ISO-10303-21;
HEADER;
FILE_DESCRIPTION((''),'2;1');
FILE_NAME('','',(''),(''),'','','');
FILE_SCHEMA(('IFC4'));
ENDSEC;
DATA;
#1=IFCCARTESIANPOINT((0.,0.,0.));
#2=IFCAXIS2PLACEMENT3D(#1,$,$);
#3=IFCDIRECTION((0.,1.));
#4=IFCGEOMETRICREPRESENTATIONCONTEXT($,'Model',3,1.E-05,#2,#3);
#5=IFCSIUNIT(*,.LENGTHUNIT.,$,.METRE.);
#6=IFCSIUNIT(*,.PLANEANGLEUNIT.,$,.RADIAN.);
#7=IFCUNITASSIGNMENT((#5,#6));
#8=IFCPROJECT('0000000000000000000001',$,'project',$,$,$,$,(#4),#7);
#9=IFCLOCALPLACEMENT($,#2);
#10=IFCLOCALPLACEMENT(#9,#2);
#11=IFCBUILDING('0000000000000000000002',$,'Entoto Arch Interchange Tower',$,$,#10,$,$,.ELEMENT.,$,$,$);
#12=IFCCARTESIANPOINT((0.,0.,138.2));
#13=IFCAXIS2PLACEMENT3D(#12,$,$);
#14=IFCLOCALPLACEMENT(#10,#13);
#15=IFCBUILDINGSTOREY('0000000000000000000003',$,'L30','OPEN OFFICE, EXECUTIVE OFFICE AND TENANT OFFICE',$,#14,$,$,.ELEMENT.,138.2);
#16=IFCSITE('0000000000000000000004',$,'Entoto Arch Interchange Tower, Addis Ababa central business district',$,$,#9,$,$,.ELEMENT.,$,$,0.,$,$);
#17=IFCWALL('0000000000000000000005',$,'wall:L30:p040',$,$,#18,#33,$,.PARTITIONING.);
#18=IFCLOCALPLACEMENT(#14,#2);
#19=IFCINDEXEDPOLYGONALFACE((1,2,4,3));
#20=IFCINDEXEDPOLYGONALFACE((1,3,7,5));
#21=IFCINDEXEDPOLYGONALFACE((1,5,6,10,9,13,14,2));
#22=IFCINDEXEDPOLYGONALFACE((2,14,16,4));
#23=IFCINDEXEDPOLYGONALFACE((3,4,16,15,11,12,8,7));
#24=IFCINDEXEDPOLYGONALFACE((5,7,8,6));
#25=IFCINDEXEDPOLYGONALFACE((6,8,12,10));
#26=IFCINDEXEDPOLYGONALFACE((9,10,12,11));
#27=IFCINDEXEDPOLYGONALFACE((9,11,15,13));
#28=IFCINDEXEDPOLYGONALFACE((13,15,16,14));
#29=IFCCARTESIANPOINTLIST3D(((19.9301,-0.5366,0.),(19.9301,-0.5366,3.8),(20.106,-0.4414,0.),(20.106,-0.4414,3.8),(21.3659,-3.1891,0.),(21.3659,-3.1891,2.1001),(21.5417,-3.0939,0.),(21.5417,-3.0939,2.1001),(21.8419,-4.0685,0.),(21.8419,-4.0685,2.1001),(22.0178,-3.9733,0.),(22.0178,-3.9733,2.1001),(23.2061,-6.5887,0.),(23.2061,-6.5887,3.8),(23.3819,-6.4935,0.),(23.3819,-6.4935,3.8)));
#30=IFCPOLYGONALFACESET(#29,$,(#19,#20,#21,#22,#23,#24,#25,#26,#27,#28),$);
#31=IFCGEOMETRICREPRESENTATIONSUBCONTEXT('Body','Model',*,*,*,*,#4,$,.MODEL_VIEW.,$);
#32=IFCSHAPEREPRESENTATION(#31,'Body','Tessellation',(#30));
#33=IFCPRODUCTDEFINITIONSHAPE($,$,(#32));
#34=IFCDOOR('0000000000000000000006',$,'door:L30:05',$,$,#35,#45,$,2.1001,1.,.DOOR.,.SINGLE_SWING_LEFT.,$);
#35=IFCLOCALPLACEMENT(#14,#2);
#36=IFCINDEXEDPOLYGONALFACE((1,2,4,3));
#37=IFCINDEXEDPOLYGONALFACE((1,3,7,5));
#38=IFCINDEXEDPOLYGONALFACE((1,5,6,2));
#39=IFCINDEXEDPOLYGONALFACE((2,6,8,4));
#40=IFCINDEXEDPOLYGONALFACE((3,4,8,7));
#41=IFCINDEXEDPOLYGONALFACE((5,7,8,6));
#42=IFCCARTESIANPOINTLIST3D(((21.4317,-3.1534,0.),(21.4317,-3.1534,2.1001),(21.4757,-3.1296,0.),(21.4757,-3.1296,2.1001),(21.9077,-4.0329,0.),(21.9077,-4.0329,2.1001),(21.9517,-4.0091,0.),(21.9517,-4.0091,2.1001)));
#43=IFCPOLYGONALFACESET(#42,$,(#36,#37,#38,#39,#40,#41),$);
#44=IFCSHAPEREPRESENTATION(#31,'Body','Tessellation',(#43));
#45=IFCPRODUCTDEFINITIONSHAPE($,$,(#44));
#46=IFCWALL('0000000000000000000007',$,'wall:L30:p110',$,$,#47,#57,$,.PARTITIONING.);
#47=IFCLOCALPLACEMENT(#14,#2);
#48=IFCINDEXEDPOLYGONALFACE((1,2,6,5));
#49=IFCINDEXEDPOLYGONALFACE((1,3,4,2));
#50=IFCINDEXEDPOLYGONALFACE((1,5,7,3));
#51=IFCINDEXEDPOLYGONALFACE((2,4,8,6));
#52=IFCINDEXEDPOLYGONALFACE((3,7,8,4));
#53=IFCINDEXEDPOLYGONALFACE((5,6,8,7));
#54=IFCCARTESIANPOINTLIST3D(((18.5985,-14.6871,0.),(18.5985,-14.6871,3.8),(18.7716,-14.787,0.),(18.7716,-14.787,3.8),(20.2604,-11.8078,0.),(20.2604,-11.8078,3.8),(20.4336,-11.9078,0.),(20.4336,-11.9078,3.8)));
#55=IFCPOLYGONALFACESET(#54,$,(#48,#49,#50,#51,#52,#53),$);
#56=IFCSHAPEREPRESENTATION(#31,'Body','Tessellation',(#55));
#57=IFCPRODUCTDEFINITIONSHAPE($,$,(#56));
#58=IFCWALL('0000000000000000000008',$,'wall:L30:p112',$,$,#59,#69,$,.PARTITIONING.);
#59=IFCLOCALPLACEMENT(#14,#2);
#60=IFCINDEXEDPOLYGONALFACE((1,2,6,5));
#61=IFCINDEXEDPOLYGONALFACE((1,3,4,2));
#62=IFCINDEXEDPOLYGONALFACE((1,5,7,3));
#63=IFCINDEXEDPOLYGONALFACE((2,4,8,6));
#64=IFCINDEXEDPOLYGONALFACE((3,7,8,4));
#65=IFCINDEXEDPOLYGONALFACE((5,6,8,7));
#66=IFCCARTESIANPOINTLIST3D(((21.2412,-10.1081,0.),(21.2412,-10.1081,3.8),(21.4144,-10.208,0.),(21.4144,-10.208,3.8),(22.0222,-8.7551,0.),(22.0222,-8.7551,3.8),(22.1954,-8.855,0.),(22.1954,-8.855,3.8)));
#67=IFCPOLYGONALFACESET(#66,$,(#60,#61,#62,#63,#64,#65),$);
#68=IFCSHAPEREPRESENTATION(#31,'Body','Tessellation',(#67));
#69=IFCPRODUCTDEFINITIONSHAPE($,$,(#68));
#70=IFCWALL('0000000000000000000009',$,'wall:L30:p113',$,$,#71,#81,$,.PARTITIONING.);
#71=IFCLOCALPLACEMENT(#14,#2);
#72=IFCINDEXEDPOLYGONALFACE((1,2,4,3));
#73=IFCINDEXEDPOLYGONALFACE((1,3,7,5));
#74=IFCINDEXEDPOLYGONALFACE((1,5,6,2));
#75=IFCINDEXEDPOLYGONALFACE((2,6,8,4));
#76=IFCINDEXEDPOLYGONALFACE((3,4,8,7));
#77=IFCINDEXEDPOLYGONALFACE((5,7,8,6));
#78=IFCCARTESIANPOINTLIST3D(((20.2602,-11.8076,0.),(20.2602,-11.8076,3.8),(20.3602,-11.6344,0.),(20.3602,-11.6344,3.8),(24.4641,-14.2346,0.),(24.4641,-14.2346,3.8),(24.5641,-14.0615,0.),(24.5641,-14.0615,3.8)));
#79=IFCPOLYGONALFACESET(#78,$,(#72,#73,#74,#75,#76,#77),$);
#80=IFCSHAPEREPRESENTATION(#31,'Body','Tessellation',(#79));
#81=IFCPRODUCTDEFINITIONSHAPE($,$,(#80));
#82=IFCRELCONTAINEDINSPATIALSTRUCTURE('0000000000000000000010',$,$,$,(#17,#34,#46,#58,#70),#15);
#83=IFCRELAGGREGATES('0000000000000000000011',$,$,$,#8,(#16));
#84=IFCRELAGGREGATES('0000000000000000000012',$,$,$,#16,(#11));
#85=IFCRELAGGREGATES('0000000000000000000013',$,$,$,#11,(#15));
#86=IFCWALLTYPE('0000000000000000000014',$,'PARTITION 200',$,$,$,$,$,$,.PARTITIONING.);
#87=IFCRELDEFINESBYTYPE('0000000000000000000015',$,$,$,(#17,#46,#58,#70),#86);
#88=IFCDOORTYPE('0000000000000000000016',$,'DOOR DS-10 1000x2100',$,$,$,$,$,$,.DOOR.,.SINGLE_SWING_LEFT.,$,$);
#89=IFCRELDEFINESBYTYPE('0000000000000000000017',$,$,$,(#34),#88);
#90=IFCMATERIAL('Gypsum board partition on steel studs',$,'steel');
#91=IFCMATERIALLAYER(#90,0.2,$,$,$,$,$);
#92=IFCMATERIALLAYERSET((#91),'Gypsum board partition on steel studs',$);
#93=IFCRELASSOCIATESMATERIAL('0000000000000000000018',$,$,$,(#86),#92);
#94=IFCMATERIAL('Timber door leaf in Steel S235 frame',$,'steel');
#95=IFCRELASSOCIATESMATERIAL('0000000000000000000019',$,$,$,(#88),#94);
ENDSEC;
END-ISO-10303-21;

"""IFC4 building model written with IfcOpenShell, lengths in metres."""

from ifc_helpers import new_model, si_unit, direction, frame, frame_2d, origin, place, context, subcontext, project, spatial, rectangle, extrude, material, layer, layer_set, type_object, element, fill, save


model = new_model("IFC4")

# Units and contexts
model_context = context("Model", 3, precision=1e-05, world=origin(), true_north=direction((0.0, 1.0)))
body_context = subcontext(model_context, "Body", "Model", "MODEL_VIEW")
ifc_project = project(units=[si_unit("LENGTHUNIT", "METRE"), si_unit("PLANEANGLEUNIT", "RADIAN")], contexts=[model_context])

# Site, building, storey
site_placement = place(None, origin())
site = spatial("IfcSite", under=ifc_project, at=site_placement, Name="Entoto Arch Interchange Tower, Addis Ababa central business district", CompositionType="ELEMENT", RefElevation=0.0)
building_placement = place(site_placement, origin())
building = spatial("IfcBuilding", under=site, at=building_placement, Name="Entoto Arch Interchange Tower", CompositionType="ELEMENT")
storey_placement = place(building_placement, frame((0.0, 0.0, 138.2)))
storey = spatial("IfcBuildingStorey", under=building, at=storey_placement, Name="L30", Description="OPEN OFFICE, EXECUTIVE OFFICE AND TENANT OFFICE", CompositionType="ELEMENT", Elevation=138.2)

# Shared definitions
ifc_material_1 = material(Name="Gypsum board partition on steel studs", Category="steel")
ifc_layer_1 = layer(ifc_material_1, 0.2)
ifc_layer_set_1 = layer_set([ifc_layer_1], Name="Gypsum board partition on steel studs")
wall_type_1 = type_object("IfcWallType", Name="PARTITION 200", PredefinedType="PARTITIONING", material=ifc_layer_set_1)

# Shared definitions
ifc_material_2 = material(Name="Timber door leaf in Steel S235 frame", Category="steel")
door_type = type_object("IfcDoorType", Name="DOOR DS-10 1000x2100", OperationType="SINGLE_SWING_LEFT", PredefinedType="DOOR", material=ifc_material_2)

# Wall, opening, door
wall_1_placement = place(storey_placement, frame((20.0181, -0.489, 0.0), z_axis=(0.0, 0.0, 1.0), x_axis=(0.476026, -0.879431, 0.0)))
wall_1 = element("IfcWall", 1, at=wall_1_placement, inside=storey, type_object=wall_type_1, Name="wall:L30:p040", PredefinedType="PARTITIONING", context=body_context, shape_type="SweptSolid", body=[
    extrude(rectangle(XDim=6.8818, YDim=0.2, at=frame_2d((3.4409, 0.0))), origin(), (0.0, 0.0, 1.0), 3.8),
])
opening_1_placement = place(wall_1_placement, frame((3.0161, 0.0, 0.0)))
opening_1 = element("IfcOpeningElement", 2, at=opening_1_placement, cuts=wall_1, PredefinedType="OPENING", context=body_context, shape_type="SweptSolid", body=[
    extrude(rectangle(XDim=1.0, YDim=2.1001, at=frame_2d((0.5, 1.05))), frame((0.0, 0.1099, 0.0), z_axis=(0.0, -1.0, 0.0), x_axis=(1.0, 0.0, 0.0)), (0.0, 0.0, 1.0), 0.22),
])
door_1_placement = place(opening_1_placement, origin())
door_1 = element("IfcDoor", 3, at=door_1_placement, inside=storey, type_object=door_type, Name="door:L30:05", OperationType="SINGLE_SWING_LEFT", OverallHeight=2.1001, OverallWidth=1.0, PredefinedType="DOOR", context=body_context, shape_type="SweptSolid", body=[
    extrude(rectangle(XDim=1.0, YDim=2.1001, at=frame_2d((0.5, 1.05))), frame((0.0, 0.0249, 0.0), z_axis=(0.0, -1.0, 0.0), x_axis=(1.0, 0.0, 0.0)), (0.0, 0.0, 1.0), 0.05),
])
fill(opening_1, door_1)

# Walls
wall_2_placement = place(storey_placement, frame((20.3469, -11.8579, 0.0), z_axis=(0.0, 0.0, 1.0), x_axis=(-0.499907, -0.866079, 0.0)))
element("IfcWall", 4, at=wall_2_placement, inside=storey, type_object=wall_type_1, Name="wall:L30:p110", PredefinedType="PARTITIONING", context=body_context, shape_type="SweptSolid", body=[
    extrude(rectangle(XDim=3.3245, YDim=0.2, at=frame_2d((1.6621, 0.0))), origin(), (0.0, 0.0, 1.0), 3.8),
])
wall_3_placement = place(storey_placement, frame((22.1089, -8.8049, 0.0), z_axis=(0.0, 0.0, 1.0), x_axis=(-0.499921, -0.866071, 0.0)))
element("IfcWall", 5, at=wall_3_placement, inside=storey, type_object=wall_type_1, Name="wall:L30:p112", PredefinedType="PARTITIONING", context=body_context, shape_type="SweptSolid", body=[
    extrude(rectangle(XDim=1.5623, YDim=0.2, at=frame_2d((0.7812, 0.0))), origin(), (0.0, 0.0, 1.0), 3.8),
])
wall_4_placement = place(storey_placement, frame((20.3101, -11.7209, 0.0), z_axis=(0.0, 0.0, 1.0), x_axis=(0.866034, -0.499985, 0.0)))
element("IfcWall", 6, at=wall_4_placement, inside=storey, type_object=wall_type_1, Name="wall:L30:p113", PredefinedType="PARTITIONING", context=body_context, shape_type="SweptSolid", body=[
    extrude(rectangle(XDim=4.8542, YDim=0.2, at=frame_2d((2.4272, 0.0))), origin(), (0.0, 0.0, 1.0), 3.8),
])

save(model, "model.ifc")
